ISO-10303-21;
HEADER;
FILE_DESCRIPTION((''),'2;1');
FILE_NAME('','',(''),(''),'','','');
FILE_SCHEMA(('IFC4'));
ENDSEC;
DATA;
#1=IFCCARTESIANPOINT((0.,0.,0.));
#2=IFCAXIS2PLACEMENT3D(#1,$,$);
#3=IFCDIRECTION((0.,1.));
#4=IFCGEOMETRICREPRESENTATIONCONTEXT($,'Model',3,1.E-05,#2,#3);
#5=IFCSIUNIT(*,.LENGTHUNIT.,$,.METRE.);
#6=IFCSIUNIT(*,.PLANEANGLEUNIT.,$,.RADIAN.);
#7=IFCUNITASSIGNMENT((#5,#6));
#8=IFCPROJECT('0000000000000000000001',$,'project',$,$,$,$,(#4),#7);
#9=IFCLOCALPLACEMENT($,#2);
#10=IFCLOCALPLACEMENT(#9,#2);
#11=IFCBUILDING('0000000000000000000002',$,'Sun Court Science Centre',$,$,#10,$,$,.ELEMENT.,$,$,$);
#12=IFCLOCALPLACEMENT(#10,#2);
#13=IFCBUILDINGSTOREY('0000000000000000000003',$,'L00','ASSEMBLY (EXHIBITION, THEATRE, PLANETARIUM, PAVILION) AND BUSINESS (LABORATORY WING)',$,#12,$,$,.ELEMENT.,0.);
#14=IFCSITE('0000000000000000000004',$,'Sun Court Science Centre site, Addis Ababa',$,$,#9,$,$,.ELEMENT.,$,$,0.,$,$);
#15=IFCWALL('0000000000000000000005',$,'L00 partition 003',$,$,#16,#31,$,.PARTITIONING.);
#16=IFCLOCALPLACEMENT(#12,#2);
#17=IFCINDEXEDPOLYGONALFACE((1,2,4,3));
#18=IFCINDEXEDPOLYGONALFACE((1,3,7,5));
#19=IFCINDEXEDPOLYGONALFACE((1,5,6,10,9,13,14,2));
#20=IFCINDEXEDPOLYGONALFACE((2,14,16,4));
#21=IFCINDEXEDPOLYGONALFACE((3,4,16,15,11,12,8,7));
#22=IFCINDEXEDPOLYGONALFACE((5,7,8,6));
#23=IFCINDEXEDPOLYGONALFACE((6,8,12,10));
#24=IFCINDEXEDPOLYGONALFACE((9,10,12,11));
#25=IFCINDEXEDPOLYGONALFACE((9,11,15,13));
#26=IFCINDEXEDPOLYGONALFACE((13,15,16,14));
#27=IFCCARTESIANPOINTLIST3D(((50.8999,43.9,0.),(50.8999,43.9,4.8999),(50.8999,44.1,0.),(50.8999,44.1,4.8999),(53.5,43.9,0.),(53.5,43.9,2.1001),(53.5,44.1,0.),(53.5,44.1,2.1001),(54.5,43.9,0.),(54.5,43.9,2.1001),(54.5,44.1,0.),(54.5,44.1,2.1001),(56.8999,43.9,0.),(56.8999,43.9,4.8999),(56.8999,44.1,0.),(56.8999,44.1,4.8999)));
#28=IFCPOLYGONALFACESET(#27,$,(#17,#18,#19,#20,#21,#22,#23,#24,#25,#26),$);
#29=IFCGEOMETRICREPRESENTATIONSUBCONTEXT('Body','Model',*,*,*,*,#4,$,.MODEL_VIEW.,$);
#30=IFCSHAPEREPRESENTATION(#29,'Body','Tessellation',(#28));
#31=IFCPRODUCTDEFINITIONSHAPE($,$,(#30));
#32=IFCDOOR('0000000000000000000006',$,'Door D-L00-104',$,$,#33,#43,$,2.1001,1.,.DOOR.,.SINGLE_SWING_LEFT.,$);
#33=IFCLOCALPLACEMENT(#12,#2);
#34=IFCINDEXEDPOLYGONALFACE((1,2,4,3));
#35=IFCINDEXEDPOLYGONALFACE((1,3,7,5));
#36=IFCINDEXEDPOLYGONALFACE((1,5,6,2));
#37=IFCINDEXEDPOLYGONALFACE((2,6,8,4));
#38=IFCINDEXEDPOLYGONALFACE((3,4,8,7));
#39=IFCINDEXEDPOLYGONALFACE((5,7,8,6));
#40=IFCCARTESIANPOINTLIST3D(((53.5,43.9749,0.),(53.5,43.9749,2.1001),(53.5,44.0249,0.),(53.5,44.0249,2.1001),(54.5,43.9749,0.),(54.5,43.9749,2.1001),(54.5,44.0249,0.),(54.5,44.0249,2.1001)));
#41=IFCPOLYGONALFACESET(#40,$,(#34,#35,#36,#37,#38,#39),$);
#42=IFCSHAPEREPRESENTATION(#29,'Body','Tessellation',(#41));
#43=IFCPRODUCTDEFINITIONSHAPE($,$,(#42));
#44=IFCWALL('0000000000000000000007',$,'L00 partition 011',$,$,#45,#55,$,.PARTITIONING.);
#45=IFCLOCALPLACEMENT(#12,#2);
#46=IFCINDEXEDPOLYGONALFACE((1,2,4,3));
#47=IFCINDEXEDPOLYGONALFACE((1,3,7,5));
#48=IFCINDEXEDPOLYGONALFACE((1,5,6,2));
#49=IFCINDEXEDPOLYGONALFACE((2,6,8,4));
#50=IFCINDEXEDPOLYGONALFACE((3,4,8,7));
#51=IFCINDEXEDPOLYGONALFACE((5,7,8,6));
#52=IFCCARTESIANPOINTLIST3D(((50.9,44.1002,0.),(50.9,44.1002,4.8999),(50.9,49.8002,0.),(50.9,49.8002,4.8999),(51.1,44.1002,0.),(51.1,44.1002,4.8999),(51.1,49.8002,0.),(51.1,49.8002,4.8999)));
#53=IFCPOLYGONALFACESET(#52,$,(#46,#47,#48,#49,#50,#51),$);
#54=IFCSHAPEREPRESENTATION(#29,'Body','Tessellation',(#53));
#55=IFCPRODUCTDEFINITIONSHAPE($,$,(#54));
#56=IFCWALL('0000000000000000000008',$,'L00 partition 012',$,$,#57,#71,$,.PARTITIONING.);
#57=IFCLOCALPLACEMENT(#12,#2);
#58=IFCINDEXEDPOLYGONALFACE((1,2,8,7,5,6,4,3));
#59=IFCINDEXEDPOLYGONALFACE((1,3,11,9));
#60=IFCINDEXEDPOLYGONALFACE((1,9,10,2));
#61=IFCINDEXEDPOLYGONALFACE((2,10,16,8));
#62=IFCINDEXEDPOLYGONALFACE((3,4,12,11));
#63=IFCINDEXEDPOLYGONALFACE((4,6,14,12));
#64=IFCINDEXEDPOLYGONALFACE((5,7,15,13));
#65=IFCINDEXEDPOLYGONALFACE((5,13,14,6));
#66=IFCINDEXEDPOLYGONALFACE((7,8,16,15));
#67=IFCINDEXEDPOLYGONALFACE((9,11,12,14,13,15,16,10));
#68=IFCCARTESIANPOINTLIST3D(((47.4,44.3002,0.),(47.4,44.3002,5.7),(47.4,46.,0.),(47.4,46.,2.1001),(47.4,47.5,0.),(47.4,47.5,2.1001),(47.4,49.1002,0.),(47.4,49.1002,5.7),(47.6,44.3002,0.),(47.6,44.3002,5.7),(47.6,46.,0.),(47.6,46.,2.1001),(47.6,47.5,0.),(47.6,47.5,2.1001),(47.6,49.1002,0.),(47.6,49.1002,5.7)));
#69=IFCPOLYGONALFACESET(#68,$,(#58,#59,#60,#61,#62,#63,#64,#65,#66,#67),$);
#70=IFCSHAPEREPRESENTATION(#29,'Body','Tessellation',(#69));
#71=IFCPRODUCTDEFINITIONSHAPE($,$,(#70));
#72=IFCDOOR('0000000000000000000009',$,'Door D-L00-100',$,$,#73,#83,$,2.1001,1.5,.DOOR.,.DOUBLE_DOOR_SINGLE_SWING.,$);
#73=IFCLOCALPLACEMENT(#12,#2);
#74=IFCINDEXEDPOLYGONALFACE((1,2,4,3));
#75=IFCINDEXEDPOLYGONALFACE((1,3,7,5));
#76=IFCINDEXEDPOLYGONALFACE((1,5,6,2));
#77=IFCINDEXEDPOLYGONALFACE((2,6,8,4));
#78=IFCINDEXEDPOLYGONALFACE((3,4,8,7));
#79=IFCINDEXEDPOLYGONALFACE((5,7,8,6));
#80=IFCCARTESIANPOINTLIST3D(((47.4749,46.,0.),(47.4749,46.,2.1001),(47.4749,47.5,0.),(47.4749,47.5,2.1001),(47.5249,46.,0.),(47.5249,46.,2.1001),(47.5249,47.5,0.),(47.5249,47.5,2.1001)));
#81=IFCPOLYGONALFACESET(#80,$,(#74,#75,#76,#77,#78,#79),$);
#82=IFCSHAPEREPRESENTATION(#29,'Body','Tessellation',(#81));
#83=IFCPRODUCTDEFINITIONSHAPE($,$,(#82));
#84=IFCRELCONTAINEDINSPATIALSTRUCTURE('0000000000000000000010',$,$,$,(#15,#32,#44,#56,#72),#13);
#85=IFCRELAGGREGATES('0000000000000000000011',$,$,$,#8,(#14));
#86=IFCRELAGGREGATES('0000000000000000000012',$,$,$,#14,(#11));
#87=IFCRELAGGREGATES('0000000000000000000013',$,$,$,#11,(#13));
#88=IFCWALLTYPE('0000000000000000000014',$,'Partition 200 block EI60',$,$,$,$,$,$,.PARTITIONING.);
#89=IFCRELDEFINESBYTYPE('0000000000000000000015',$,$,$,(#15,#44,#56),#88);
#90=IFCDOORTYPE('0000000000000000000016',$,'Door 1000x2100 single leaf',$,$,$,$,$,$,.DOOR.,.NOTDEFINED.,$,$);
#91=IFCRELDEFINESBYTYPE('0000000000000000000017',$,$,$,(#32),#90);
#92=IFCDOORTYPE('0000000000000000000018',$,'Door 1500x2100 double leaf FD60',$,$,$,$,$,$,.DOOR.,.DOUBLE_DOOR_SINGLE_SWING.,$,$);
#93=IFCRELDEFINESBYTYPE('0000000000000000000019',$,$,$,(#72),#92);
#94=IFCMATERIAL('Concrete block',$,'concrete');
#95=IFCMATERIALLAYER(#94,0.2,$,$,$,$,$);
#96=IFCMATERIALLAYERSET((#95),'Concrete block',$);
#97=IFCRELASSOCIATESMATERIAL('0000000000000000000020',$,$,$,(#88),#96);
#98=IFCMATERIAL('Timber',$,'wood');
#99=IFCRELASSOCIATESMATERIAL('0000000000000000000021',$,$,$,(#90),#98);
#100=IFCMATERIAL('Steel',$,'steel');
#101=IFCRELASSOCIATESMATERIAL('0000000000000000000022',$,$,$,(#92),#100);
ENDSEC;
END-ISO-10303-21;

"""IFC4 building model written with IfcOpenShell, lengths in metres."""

from ifc_helpers import new_model, si_unit, direction, frame, frame_2d, origin, place, context, subcontext, project, spatial, rectangle, extrude, material, layer, layer_set, type_object, element, fill, save


model = new_model("IFC4")

# Units and contexts
model_context = context("Model", 3, precision=1e-05, world=origin(), true_north=direction((0.0, 1.0)))
body_context = subcontext(model_context, "Body", "Model", "MODEL_VIEW")
ifc_project = project(units=[si_unit("LENGTHUNIT", "METRE"), si_unit("PLANEANGLEUNIT", "RADIAN")], contexts=[model_context])

# Site, building, storey
site_placement = place(None, origin())
site = spatial("IfcSite", under=ifc_project, at=site_placement, Name="Sun Court Science Centre site, Addis Ababa", CompositionType="ELEMENT", RefElevation=0.0)
building_placement = place(site_placement, origin())
building = spatial("IfcBuilding", under=site, at=building_placement, Name="Sun Court Science Centre", CompositionType="ELEMENT")
storey_placement = place(building_placement, origin())
storey = spatial("IfcBuildingStorey", under=building, at=storey_placement, Name="L00", Description="ASSEMBLY (EXHIBITION, THEATRE, PLANETARIUM, PAVILION) AND BUSINESS (LABORATORY WING)", CompositionType="ELEMENT", Elevation=0.0)

# Wall, opening, door
ifc_material_1 = material(Name="Concrete block", Category="concrete")
ifc_layer_1 = layer(ifc_material_1, 0.2)
ifc_layer_set_1 = layer_set([ifc_layer_1], Name="Concrete block")
wall_type = type_object("IfcWallType", Name="Partition 200 block EI60", PredefinedType="PARTITIONING", material=ifc_layer_set_1)
wall_1_placement = place(storey_placement, frame((50.8999, 44.0, 0.0), z_axis=(0.0, 0.0, 1.0), x_axis=(1.0, 0.0, 0.0)))
wall_1 = element("IfcWall", 1, at=wall_1_placement, inside=storey, type_object=wall_type, Name="L00 partition 003", PredefinedType="PARTITIONING", context=body_context, shape_type="SweptSolid", body=[
    extrude(rectangle(XDim=6.0, YDim=0.2, at=frame_2d((3.0, 0.0))), origin(), (0.0, 0.0, 1.0), 4.8999),
])
opening_1_placement = place(wall_1_placement, frame((2.6001, 0.0, 0.0)))
opening_1 = element("IfcOpeningElement", 2, at=opening_1_placement, cuts=wall_1, PredefinedType="OPENING", context=body_context, shape_type="SweptSolid", body=[
    extrude(rectangle(XDim=1.0, YDim=2.1001, at=frame_2d((0.5, 1.05))), frame((0.0, 0.1099, 0.0), z_axis=(0.0, -1.0, 0.0), x_axis=(1.0, 0.0, 0.0)), (0.0, 0.0, 1.0), 0.22),
])
ifc_material_2 = material(Name="Timber", Category="wood")
door_type_1 = type_object("IfcDoorType", Name="Door 1000x2100 single leaf", OperationType="NOTDEFINED", PredefinedType="DOOR", material=ifc_material_2)
door_1_placement = place(opening_1_placement, origin())
door_1 = element("IfcDoor", 3, at=door_1_placement, inside=storey, type_object=door_type_1, Name="Door D-L00-104", OperationType="SINGLE_SWING_LEFT", OverallHeight=2.1001, OverallWidth=1.0, PredefinedType="DOOR", context=body_context, shape_type="SweptSolid", body=[
    extrude(rectangle(XDim=1.0, YDim=2.1001, at=frame_2d((0.5, 1.05))), frame((0.0, 0.0249, 0.0), z_axis=(0.0, -1.0, 0.0), x_axis=(1.0, 0.0, 0.0)), (0.0, 0.0, 1.0), 0.05),
])
fill(opening_1, door_1)

# Wall
wall_2_placement = place(storey_placement, frame((51.0, 44.1001, 0.0), z_axis=(0.0, 0.0, 1.0), x_axis=(0.0, 1.0, 0.0)))
element("IfcWall", 4, at=wall_2_placement, inside=storey, type_object=wall_type, Name="L00 partition 011", PredefinedType="PARTITIONING", context=body_context, shape_type="SweptSolid", body=[
    extrude(rectangle(XDim=5.7, YDim=0.2, at=frame_2d((2.8501, 0.0))), origin(), (0.0, 0.0, 1.0), 4.8999),
])

# Wall, opening, door
wall_3_placement = place(storey_placement, frame((47.5, 49.1001, 0.0), z_axis=(0.0, 0.0, 1.0), x_axis=(0.0, -1.0, 0.0)))
wall_3 = element("IfcWall", 5, at=wall_3_placement, inside=storey, type_object=wall_type, Name="L00 partition 012", PredefinedType="PARTITIONING", context=body_context, shape_type="SweptSolid", body=[
    extrude(rectangle(XDim=4.8, YDim=0.2, at=frame_2d((2.3999, 0.0))), origin(), (0.0, 0.0, 1.0), 5.7),
])
opening_2_placement = place(wall_3_placement, frame((1.6001, 0.0, 0.0)))
opening_2 = element("IfcOpeningElement", 6, at=opening_2_placement, cuts=wall_3, PredefinedType="OPENING", context=body_context, shape_type="SweptSolid", body=[
    extrude(rectangle(XDim=1.5, YDim=2.1001, at=frame_2d((0.75, 1.05))), frame((0.0, 0.1099, 0.0), z_axis=(0.0, -1.0, 0.0), x_axis=(1.0, 0.0, 0.0)), (0.0, 0.0, 1.0), 0.22),
])
ifc_material_3 = material(Name="Steel", Category="steel")
door_type_2 = type_object("IfcDoorType", Name="Door 1500x2100 double leaf FD60", OperationType="DOUBLE_DOOR_SINGLE_SWING", PredefinedType="DOOR", material=ifc_material_3)
door_2_placement = place(opening_2_placement, origin())
door_2 = element("IfcDoor", 7, at=door_2_placement, inside=storey, type_object=door_type_2, Name="Door D-L00-100", OperationType="DOUBLE_DOOR_SINGLE_SWING", OverallHeight=2.1001, OverallWidth=1.5, PredefinedType="DOOR", context=body_context, shape_type="SweptSolid", body=[
    extrude(rectangle(XDim=1.5, YDim=2.1001, at=frame_2d((0.75, 1.05))), frame((0.0, 0.0249, 0.0), z_axis=(0.0, -1.0, 0.0), x_axis=(1.0, 0.0, 0.0)), (0.0, 0.0, 1.0), 0.05),
])
fill(opening_2, door_2)

save(model, "model.ifc")
